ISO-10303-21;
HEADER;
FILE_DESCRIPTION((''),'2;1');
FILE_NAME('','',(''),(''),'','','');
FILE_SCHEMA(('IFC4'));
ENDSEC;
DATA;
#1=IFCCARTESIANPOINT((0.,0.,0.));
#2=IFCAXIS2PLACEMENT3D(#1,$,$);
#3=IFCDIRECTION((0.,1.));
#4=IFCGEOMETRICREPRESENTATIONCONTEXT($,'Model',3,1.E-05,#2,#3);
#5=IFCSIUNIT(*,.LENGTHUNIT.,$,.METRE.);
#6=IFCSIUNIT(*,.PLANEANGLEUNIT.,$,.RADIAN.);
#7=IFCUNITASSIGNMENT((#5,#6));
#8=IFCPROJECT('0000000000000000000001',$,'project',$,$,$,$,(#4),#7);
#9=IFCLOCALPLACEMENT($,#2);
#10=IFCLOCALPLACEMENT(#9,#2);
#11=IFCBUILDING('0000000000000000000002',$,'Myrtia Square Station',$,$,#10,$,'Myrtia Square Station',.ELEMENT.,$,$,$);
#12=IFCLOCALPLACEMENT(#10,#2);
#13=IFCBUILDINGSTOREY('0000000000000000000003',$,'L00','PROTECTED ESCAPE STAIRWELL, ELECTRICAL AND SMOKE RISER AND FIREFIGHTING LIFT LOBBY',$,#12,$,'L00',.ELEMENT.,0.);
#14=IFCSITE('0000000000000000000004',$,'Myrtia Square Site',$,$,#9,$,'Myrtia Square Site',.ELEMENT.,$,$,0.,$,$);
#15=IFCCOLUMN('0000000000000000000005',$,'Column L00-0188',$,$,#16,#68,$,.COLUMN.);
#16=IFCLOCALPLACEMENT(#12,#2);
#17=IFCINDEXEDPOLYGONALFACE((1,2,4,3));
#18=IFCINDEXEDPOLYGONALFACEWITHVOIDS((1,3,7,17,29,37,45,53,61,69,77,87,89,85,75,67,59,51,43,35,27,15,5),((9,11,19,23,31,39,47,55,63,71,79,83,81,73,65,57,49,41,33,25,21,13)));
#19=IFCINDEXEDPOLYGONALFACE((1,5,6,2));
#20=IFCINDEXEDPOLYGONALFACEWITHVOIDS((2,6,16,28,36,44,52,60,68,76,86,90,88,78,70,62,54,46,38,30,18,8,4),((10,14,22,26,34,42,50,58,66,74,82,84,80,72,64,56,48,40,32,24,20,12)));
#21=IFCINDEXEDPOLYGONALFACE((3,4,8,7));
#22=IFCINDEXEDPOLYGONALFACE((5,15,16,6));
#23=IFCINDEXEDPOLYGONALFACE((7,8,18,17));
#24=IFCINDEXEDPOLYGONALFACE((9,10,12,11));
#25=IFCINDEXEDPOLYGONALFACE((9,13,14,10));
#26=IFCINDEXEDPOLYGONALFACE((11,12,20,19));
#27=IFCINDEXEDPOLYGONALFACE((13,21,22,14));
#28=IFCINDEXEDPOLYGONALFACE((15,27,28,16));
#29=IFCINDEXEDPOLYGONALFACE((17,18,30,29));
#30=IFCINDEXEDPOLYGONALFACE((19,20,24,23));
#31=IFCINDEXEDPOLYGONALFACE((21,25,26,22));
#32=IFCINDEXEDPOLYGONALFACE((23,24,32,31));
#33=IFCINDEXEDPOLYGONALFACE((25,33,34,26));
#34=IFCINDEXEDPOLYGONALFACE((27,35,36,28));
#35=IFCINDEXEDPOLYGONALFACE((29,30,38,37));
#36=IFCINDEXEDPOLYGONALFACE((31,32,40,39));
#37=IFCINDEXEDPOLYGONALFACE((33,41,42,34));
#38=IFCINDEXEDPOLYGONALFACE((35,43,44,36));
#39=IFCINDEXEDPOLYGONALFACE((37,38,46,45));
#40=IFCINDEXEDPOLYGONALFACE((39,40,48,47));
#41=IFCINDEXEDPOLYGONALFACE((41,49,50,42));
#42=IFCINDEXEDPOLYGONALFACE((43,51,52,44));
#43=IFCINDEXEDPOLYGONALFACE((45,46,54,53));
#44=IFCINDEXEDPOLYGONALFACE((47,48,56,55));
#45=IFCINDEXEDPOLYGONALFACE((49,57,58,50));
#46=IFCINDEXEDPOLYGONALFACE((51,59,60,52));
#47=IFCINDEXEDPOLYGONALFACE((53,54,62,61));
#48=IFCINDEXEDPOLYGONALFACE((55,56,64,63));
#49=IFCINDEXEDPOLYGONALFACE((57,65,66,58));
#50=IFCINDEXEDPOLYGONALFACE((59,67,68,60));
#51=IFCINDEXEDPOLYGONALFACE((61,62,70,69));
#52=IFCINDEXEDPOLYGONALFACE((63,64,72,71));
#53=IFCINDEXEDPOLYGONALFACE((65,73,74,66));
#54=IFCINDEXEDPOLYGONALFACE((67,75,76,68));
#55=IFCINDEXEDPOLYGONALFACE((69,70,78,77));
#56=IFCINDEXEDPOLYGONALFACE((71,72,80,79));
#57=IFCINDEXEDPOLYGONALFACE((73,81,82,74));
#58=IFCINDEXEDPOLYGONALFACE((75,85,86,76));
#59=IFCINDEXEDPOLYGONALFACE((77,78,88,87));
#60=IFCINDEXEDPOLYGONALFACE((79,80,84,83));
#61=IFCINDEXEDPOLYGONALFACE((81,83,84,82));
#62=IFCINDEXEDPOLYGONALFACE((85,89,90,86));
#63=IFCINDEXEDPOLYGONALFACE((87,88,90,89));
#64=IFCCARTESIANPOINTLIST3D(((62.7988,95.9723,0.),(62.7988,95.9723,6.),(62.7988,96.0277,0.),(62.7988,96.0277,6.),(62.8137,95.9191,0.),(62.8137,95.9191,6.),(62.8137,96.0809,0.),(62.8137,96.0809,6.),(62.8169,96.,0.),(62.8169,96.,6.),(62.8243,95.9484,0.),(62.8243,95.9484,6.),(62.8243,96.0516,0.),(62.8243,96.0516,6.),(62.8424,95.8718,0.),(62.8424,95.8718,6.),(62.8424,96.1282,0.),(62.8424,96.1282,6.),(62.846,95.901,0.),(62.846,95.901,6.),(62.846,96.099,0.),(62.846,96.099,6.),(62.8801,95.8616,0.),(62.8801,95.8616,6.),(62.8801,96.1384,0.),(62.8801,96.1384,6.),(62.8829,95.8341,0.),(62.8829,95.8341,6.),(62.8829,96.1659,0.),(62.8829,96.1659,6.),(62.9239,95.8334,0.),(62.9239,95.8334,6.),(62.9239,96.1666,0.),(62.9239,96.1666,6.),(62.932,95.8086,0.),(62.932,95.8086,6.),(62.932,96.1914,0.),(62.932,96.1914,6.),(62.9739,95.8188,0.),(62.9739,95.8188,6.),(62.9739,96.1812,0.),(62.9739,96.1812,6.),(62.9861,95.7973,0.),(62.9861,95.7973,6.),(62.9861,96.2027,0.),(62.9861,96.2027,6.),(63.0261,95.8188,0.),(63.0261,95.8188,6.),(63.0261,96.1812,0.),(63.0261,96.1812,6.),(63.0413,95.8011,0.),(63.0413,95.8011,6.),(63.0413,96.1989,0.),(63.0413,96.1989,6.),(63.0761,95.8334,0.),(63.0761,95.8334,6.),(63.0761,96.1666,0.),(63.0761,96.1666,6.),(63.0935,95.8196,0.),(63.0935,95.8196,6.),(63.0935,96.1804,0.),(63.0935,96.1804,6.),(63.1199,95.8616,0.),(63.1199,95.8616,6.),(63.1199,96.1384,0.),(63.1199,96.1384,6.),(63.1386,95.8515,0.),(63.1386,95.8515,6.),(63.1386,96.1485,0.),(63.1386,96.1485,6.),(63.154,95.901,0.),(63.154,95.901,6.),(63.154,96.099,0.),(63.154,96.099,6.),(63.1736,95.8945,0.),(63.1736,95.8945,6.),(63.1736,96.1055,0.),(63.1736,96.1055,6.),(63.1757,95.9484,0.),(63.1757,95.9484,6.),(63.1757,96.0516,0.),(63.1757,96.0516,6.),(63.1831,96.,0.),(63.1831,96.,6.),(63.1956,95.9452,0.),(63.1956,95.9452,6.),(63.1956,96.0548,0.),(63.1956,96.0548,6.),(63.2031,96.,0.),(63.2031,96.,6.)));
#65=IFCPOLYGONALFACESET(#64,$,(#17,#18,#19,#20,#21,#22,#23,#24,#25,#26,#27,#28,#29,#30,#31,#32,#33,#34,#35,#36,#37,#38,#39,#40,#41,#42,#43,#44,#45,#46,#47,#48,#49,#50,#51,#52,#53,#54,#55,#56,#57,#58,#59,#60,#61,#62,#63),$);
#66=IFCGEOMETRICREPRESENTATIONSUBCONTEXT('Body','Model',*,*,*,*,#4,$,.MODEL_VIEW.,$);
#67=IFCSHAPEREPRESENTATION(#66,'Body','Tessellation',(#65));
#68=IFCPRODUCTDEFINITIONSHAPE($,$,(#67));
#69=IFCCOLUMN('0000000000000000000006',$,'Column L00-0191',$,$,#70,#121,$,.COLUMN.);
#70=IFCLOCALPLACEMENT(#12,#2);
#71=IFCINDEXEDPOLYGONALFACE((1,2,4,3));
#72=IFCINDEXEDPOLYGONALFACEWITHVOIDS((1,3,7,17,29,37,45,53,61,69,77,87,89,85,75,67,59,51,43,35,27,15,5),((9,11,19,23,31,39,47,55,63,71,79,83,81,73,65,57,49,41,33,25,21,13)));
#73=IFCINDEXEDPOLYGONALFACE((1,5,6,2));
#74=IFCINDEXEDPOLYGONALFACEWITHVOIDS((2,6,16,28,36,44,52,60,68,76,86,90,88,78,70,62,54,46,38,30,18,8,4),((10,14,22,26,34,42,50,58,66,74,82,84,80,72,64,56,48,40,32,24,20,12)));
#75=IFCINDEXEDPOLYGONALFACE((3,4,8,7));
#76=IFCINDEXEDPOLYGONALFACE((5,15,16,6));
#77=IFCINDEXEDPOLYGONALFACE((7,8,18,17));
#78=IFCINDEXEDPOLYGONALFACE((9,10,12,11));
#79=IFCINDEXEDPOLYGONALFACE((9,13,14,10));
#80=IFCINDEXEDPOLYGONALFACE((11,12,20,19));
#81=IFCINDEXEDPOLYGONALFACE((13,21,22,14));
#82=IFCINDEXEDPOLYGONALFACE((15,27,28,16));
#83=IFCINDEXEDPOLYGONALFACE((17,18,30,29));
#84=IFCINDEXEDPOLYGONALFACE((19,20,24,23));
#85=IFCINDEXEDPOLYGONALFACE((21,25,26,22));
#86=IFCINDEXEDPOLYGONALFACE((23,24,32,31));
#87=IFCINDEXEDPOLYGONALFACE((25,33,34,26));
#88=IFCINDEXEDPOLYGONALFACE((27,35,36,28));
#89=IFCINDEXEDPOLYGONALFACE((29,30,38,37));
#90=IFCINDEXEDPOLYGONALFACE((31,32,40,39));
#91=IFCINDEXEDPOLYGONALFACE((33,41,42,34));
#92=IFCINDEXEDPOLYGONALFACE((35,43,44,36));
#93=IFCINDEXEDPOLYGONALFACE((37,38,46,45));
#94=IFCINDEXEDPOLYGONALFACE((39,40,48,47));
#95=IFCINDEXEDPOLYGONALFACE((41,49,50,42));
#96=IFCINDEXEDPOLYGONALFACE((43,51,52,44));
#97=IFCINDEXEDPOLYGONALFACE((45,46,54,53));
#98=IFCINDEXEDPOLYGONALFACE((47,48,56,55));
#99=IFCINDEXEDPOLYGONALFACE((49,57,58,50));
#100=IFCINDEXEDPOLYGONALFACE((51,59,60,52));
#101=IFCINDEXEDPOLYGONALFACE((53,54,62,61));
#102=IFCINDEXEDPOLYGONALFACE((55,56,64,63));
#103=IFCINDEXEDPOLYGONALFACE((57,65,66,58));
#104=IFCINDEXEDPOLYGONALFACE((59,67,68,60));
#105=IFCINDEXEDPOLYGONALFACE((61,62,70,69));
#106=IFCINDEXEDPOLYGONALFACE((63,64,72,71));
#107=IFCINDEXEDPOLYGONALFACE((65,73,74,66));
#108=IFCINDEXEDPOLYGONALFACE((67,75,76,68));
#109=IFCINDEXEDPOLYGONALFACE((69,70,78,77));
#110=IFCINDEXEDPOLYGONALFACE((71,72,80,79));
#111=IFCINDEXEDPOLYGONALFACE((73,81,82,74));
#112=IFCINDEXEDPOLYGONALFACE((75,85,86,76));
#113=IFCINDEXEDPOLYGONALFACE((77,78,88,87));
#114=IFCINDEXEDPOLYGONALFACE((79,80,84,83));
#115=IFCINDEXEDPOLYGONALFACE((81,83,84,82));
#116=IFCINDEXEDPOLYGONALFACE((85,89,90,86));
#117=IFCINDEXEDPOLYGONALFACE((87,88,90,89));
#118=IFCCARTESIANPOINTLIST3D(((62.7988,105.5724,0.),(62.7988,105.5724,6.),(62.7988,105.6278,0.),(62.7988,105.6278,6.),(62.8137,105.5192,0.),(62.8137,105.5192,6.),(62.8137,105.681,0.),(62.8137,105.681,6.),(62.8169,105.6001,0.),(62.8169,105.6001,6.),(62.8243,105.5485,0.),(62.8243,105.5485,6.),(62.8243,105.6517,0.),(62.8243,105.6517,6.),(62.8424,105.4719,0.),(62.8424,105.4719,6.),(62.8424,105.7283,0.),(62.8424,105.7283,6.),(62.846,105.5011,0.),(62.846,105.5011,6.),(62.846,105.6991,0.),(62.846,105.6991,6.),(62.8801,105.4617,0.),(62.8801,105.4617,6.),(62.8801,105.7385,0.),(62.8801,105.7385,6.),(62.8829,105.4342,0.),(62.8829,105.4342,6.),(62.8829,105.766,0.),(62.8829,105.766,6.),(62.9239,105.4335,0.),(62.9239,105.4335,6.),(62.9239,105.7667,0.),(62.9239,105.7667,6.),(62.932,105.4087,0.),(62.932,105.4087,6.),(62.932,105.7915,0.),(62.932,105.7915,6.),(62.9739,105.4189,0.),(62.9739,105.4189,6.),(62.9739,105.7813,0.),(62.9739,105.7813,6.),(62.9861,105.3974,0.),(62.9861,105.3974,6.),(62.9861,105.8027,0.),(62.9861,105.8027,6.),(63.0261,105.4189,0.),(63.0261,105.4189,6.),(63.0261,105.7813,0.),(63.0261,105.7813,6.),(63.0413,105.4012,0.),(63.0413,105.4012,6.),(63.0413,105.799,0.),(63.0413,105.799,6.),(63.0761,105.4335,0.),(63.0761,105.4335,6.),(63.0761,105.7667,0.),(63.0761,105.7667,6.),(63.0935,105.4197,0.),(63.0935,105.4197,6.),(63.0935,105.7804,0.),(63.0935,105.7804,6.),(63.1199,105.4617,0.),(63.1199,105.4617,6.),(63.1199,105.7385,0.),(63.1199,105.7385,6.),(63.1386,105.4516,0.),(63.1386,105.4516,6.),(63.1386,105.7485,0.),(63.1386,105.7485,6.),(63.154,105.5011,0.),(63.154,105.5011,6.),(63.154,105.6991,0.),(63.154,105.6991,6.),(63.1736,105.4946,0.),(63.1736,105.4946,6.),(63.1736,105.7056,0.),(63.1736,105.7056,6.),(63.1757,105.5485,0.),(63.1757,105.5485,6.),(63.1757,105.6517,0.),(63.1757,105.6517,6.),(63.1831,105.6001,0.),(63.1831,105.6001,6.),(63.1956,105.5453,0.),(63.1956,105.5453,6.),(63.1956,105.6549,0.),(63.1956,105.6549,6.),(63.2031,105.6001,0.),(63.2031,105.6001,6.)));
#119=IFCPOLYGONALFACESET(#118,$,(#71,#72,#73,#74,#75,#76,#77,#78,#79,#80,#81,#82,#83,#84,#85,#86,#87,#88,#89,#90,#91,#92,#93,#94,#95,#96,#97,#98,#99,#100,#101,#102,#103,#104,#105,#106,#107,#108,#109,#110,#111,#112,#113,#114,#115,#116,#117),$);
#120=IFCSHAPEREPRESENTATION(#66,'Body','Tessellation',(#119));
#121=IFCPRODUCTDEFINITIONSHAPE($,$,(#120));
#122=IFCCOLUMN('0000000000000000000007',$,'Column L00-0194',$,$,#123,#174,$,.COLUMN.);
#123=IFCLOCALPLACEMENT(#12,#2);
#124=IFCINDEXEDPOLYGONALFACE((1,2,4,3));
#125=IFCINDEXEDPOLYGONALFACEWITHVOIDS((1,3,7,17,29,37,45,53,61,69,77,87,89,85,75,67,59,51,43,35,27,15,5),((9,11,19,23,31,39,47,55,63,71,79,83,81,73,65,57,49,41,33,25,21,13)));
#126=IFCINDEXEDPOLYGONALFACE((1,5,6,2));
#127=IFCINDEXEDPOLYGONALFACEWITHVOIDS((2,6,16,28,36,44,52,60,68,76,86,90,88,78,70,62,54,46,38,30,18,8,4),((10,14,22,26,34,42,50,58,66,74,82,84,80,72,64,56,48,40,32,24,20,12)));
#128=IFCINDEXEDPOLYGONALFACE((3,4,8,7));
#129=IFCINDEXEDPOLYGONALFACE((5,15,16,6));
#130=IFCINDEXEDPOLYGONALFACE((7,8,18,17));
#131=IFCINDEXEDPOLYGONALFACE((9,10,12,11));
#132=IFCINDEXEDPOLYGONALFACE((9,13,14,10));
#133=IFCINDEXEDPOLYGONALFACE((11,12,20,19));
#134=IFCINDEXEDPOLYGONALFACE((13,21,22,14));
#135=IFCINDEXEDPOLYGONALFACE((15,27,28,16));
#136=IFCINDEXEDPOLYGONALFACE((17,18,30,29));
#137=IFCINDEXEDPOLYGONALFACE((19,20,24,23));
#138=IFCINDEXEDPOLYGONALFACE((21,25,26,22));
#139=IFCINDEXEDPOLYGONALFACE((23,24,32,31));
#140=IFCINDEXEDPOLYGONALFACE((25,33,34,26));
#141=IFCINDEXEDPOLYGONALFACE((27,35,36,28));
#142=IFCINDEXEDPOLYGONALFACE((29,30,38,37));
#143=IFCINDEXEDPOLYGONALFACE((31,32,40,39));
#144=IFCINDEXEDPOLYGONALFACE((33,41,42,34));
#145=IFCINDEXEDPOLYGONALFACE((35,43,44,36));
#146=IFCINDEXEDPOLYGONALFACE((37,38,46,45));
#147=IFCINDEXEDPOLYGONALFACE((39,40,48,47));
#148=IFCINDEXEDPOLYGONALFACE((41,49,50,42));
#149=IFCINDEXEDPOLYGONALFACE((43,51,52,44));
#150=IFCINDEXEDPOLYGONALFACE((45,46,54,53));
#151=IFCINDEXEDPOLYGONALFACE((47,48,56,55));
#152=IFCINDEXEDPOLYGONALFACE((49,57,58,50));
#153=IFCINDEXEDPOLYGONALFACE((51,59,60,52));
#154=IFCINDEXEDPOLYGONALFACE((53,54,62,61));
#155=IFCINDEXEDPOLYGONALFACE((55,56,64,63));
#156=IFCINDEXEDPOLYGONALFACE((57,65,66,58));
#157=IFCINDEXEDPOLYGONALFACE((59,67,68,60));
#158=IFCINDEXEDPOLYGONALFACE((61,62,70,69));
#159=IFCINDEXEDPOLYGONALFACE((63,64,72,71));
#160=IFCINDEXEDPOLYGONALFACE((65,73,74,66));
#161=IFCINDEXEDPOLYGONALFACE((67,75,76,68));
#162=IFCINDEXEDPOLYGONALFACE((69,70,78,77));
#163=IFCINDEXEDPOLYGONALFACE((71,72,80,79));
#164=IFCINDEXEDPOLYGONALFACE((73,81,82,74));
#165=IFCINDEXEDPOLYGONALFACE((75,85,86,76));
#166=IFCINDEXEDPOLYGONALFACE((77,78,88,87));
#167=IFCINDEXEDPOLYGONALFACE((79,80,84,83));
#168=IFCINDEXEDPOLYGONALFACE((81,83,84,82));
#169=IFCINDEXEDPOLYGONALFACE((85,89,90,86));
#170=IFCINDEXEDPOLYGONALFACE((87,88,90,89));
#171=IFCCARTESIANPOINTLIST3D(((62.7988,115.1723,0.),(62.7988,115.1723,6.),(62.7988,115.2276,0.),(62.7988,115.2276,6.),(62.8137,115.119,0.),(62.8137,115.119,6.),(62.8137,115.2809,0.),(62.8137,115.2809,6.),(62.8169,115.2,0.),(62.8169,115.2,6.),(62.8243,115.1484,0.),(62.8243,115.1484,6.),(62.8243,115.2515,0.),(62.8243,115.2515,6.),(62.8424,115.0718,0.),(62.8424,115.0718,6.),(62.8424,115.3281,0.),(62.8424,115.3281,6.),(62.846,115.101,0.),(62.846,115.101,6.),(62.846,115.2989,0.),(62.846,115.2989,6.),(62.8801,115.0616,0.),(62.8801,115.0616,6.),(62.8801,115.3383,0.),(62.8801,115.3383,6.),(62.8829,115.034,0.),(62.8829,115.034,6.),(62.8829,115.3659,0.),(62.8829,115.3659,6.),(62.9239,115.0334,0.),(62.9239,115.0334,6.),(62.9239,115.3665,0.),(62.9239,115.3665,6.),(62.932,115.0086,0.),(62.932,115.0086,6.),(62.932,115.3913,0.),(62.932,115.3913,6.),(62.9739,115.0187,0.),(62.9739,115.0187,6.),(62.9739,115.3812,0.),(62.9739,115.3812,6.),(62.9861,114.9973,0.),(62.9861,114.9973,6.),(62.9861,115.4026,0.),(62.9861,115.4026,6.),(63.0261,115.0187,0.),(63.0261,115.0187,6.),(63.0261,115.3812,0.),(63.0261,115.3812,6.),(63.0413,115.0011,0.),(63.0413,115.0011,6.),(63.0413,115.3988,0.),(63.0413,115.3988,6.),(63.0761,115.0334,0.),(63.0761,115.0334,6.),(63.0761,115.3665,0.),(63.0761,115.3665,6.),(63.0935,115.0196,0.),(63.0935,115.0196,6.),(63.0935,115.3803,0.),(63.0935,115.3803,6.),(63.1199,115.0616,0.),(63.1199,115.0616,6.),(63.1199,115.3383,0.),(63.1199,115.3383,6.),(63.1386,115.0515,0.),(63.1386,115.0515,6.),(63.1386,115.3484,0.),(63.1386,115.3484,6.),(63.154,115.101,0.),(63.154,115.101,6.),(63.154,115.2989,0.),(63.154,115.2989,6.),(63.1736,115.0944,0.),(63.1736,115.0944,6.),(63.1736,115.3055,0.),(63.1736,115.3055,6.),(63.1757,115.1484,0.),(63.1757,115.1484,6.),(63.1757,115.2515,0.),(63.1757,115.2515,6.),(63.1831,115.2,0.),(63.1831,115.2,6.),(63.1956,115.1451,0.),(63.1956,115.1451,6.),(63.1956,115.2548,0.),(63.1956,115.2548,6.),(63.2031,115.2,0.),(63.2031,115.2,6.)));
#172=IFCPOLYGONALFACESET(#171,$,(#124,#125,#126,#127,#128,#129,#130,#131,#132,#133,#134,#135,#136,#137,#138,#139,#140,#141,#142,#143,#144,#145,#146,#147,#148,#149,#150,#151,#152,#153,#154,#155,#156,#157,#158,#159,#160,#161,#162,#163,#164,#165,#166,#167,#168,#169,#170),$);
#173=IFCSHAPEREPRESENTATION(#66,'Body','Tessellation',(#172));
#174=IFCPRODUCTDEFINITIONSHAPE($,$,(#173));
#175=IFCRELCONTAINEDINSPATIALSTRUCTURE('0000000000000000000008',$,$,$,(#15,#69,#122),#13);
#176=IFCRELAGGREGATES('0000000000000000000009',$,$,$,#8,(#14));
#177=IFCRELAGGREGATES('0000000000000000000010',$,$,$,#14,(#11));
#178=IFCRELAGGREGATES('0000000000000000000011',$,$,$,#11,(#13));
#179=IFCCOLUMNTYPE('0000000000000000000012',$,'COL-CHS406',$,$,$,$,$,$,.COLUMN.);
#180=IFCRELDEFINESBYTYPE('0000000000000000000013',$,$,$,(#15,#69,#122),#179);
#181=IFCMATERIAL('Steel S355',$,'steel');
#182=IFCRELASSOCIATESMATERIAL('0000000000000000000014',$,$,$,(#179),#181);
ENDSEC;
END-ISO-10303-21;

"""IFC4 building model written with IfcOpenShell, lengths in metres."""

from ifc_helpers import new_model, si_unit, direction, frame, origin, origin_2d, place, context, subcontext, project, spatial, hollow_circle, extrude, material, material_profile, profile_set, type_object, element, save


model = new_model("IFC4")

# Units and contexts
model_context = context("Model", 3, precision=1e-05, world=origin(), true_north=direction((0.0, 1.0)))
body_context = subcontext(model_context, "Body", "Model", "MODEL_VIEW")
ifc_project = project(units=[si_unit("LENGTHUNIT", "METRE"), si_unit("PLANEANGLEUNIT", "RADIAN")], contexts=[model_context])

# Site, building, storey
site_placement = place(None, origin())
site = spatial("IfcSite", under=ifc_project, at=site_placement, Name="Myrtia Square Site", LongName="Myrtia Square Site", CompositionType="ELEMENT", RefElevation=0.0)
building_placement = place(site_placement, origin())
building = spatial("IfcBuilding", under=site, at=building_placement, Name="Myrtia Square Station", LongName="Myrtia Square Station", CompositionType="ELEMENT")
storey_placement = place(building_placement, origin())
storey = spatial("IfcBuildingStorey", under=building, at=storey_placement, Name="L00", Description="PROTECTED ESCAPE STAIRWELL, ELECTRICAL AND SMOKE RISER AND FIREFIGHTING LIFT LOBBY", LongName="L00", CompositionType="ELEMENT", Elevation=0.0)

# Columns
ifc_material_1 = material(Name="Steel S355", Category="steel")
ifc_material_profile_1 = material_profile(ifc_material_1, hollow_circle(Radius=0.2031, WallThickness=0.02, at=origin_2d()), Name="CHS 406.4x20")
ifc_profile_set_1 = profile_set([ifc_material_profile_1], Name="Steel S355")
column_type_1 = type_object("IfcColumnType", Name="COL-CHS406", PredefinedType="COLUMN", material=ifc_profile_set_1)
for number, where, z_axis, x_axis, name in (
    (1, (63.0, 96.0, 0.0), (0.0, 0.0, 1.0), (1.0, 0.0, 0.0), "Column L00-0188"),
    (2, (63.0, 105.6001, 0.0), (0.0, 0.0, 1.0), (1.0, 0.0, 0.0), "Column L00-0191"),
    (3, (63.0, 115.2, 0.0), (0.0, 0.0, 1.0), (1.0, 0.0, 0.0), "Column L00-0194"),
):
    element("IfcColumn", number, at=place(storey_placement, frame(where, z_axis=z_axis, x_axis=x_axis)), inside=storey, type_object=column_type_1, Name=name, PredefinedType="COLUMN", context=body_context, shape_type="SweptSolid", body=[
        extrude(hollow_circle(Radius=0.2031, WallThickness=0.02, at=origin_2d()), origin(), (0.0, 0.0, 1.0), 6.0),
    ])

save(model, "model.ifc")
